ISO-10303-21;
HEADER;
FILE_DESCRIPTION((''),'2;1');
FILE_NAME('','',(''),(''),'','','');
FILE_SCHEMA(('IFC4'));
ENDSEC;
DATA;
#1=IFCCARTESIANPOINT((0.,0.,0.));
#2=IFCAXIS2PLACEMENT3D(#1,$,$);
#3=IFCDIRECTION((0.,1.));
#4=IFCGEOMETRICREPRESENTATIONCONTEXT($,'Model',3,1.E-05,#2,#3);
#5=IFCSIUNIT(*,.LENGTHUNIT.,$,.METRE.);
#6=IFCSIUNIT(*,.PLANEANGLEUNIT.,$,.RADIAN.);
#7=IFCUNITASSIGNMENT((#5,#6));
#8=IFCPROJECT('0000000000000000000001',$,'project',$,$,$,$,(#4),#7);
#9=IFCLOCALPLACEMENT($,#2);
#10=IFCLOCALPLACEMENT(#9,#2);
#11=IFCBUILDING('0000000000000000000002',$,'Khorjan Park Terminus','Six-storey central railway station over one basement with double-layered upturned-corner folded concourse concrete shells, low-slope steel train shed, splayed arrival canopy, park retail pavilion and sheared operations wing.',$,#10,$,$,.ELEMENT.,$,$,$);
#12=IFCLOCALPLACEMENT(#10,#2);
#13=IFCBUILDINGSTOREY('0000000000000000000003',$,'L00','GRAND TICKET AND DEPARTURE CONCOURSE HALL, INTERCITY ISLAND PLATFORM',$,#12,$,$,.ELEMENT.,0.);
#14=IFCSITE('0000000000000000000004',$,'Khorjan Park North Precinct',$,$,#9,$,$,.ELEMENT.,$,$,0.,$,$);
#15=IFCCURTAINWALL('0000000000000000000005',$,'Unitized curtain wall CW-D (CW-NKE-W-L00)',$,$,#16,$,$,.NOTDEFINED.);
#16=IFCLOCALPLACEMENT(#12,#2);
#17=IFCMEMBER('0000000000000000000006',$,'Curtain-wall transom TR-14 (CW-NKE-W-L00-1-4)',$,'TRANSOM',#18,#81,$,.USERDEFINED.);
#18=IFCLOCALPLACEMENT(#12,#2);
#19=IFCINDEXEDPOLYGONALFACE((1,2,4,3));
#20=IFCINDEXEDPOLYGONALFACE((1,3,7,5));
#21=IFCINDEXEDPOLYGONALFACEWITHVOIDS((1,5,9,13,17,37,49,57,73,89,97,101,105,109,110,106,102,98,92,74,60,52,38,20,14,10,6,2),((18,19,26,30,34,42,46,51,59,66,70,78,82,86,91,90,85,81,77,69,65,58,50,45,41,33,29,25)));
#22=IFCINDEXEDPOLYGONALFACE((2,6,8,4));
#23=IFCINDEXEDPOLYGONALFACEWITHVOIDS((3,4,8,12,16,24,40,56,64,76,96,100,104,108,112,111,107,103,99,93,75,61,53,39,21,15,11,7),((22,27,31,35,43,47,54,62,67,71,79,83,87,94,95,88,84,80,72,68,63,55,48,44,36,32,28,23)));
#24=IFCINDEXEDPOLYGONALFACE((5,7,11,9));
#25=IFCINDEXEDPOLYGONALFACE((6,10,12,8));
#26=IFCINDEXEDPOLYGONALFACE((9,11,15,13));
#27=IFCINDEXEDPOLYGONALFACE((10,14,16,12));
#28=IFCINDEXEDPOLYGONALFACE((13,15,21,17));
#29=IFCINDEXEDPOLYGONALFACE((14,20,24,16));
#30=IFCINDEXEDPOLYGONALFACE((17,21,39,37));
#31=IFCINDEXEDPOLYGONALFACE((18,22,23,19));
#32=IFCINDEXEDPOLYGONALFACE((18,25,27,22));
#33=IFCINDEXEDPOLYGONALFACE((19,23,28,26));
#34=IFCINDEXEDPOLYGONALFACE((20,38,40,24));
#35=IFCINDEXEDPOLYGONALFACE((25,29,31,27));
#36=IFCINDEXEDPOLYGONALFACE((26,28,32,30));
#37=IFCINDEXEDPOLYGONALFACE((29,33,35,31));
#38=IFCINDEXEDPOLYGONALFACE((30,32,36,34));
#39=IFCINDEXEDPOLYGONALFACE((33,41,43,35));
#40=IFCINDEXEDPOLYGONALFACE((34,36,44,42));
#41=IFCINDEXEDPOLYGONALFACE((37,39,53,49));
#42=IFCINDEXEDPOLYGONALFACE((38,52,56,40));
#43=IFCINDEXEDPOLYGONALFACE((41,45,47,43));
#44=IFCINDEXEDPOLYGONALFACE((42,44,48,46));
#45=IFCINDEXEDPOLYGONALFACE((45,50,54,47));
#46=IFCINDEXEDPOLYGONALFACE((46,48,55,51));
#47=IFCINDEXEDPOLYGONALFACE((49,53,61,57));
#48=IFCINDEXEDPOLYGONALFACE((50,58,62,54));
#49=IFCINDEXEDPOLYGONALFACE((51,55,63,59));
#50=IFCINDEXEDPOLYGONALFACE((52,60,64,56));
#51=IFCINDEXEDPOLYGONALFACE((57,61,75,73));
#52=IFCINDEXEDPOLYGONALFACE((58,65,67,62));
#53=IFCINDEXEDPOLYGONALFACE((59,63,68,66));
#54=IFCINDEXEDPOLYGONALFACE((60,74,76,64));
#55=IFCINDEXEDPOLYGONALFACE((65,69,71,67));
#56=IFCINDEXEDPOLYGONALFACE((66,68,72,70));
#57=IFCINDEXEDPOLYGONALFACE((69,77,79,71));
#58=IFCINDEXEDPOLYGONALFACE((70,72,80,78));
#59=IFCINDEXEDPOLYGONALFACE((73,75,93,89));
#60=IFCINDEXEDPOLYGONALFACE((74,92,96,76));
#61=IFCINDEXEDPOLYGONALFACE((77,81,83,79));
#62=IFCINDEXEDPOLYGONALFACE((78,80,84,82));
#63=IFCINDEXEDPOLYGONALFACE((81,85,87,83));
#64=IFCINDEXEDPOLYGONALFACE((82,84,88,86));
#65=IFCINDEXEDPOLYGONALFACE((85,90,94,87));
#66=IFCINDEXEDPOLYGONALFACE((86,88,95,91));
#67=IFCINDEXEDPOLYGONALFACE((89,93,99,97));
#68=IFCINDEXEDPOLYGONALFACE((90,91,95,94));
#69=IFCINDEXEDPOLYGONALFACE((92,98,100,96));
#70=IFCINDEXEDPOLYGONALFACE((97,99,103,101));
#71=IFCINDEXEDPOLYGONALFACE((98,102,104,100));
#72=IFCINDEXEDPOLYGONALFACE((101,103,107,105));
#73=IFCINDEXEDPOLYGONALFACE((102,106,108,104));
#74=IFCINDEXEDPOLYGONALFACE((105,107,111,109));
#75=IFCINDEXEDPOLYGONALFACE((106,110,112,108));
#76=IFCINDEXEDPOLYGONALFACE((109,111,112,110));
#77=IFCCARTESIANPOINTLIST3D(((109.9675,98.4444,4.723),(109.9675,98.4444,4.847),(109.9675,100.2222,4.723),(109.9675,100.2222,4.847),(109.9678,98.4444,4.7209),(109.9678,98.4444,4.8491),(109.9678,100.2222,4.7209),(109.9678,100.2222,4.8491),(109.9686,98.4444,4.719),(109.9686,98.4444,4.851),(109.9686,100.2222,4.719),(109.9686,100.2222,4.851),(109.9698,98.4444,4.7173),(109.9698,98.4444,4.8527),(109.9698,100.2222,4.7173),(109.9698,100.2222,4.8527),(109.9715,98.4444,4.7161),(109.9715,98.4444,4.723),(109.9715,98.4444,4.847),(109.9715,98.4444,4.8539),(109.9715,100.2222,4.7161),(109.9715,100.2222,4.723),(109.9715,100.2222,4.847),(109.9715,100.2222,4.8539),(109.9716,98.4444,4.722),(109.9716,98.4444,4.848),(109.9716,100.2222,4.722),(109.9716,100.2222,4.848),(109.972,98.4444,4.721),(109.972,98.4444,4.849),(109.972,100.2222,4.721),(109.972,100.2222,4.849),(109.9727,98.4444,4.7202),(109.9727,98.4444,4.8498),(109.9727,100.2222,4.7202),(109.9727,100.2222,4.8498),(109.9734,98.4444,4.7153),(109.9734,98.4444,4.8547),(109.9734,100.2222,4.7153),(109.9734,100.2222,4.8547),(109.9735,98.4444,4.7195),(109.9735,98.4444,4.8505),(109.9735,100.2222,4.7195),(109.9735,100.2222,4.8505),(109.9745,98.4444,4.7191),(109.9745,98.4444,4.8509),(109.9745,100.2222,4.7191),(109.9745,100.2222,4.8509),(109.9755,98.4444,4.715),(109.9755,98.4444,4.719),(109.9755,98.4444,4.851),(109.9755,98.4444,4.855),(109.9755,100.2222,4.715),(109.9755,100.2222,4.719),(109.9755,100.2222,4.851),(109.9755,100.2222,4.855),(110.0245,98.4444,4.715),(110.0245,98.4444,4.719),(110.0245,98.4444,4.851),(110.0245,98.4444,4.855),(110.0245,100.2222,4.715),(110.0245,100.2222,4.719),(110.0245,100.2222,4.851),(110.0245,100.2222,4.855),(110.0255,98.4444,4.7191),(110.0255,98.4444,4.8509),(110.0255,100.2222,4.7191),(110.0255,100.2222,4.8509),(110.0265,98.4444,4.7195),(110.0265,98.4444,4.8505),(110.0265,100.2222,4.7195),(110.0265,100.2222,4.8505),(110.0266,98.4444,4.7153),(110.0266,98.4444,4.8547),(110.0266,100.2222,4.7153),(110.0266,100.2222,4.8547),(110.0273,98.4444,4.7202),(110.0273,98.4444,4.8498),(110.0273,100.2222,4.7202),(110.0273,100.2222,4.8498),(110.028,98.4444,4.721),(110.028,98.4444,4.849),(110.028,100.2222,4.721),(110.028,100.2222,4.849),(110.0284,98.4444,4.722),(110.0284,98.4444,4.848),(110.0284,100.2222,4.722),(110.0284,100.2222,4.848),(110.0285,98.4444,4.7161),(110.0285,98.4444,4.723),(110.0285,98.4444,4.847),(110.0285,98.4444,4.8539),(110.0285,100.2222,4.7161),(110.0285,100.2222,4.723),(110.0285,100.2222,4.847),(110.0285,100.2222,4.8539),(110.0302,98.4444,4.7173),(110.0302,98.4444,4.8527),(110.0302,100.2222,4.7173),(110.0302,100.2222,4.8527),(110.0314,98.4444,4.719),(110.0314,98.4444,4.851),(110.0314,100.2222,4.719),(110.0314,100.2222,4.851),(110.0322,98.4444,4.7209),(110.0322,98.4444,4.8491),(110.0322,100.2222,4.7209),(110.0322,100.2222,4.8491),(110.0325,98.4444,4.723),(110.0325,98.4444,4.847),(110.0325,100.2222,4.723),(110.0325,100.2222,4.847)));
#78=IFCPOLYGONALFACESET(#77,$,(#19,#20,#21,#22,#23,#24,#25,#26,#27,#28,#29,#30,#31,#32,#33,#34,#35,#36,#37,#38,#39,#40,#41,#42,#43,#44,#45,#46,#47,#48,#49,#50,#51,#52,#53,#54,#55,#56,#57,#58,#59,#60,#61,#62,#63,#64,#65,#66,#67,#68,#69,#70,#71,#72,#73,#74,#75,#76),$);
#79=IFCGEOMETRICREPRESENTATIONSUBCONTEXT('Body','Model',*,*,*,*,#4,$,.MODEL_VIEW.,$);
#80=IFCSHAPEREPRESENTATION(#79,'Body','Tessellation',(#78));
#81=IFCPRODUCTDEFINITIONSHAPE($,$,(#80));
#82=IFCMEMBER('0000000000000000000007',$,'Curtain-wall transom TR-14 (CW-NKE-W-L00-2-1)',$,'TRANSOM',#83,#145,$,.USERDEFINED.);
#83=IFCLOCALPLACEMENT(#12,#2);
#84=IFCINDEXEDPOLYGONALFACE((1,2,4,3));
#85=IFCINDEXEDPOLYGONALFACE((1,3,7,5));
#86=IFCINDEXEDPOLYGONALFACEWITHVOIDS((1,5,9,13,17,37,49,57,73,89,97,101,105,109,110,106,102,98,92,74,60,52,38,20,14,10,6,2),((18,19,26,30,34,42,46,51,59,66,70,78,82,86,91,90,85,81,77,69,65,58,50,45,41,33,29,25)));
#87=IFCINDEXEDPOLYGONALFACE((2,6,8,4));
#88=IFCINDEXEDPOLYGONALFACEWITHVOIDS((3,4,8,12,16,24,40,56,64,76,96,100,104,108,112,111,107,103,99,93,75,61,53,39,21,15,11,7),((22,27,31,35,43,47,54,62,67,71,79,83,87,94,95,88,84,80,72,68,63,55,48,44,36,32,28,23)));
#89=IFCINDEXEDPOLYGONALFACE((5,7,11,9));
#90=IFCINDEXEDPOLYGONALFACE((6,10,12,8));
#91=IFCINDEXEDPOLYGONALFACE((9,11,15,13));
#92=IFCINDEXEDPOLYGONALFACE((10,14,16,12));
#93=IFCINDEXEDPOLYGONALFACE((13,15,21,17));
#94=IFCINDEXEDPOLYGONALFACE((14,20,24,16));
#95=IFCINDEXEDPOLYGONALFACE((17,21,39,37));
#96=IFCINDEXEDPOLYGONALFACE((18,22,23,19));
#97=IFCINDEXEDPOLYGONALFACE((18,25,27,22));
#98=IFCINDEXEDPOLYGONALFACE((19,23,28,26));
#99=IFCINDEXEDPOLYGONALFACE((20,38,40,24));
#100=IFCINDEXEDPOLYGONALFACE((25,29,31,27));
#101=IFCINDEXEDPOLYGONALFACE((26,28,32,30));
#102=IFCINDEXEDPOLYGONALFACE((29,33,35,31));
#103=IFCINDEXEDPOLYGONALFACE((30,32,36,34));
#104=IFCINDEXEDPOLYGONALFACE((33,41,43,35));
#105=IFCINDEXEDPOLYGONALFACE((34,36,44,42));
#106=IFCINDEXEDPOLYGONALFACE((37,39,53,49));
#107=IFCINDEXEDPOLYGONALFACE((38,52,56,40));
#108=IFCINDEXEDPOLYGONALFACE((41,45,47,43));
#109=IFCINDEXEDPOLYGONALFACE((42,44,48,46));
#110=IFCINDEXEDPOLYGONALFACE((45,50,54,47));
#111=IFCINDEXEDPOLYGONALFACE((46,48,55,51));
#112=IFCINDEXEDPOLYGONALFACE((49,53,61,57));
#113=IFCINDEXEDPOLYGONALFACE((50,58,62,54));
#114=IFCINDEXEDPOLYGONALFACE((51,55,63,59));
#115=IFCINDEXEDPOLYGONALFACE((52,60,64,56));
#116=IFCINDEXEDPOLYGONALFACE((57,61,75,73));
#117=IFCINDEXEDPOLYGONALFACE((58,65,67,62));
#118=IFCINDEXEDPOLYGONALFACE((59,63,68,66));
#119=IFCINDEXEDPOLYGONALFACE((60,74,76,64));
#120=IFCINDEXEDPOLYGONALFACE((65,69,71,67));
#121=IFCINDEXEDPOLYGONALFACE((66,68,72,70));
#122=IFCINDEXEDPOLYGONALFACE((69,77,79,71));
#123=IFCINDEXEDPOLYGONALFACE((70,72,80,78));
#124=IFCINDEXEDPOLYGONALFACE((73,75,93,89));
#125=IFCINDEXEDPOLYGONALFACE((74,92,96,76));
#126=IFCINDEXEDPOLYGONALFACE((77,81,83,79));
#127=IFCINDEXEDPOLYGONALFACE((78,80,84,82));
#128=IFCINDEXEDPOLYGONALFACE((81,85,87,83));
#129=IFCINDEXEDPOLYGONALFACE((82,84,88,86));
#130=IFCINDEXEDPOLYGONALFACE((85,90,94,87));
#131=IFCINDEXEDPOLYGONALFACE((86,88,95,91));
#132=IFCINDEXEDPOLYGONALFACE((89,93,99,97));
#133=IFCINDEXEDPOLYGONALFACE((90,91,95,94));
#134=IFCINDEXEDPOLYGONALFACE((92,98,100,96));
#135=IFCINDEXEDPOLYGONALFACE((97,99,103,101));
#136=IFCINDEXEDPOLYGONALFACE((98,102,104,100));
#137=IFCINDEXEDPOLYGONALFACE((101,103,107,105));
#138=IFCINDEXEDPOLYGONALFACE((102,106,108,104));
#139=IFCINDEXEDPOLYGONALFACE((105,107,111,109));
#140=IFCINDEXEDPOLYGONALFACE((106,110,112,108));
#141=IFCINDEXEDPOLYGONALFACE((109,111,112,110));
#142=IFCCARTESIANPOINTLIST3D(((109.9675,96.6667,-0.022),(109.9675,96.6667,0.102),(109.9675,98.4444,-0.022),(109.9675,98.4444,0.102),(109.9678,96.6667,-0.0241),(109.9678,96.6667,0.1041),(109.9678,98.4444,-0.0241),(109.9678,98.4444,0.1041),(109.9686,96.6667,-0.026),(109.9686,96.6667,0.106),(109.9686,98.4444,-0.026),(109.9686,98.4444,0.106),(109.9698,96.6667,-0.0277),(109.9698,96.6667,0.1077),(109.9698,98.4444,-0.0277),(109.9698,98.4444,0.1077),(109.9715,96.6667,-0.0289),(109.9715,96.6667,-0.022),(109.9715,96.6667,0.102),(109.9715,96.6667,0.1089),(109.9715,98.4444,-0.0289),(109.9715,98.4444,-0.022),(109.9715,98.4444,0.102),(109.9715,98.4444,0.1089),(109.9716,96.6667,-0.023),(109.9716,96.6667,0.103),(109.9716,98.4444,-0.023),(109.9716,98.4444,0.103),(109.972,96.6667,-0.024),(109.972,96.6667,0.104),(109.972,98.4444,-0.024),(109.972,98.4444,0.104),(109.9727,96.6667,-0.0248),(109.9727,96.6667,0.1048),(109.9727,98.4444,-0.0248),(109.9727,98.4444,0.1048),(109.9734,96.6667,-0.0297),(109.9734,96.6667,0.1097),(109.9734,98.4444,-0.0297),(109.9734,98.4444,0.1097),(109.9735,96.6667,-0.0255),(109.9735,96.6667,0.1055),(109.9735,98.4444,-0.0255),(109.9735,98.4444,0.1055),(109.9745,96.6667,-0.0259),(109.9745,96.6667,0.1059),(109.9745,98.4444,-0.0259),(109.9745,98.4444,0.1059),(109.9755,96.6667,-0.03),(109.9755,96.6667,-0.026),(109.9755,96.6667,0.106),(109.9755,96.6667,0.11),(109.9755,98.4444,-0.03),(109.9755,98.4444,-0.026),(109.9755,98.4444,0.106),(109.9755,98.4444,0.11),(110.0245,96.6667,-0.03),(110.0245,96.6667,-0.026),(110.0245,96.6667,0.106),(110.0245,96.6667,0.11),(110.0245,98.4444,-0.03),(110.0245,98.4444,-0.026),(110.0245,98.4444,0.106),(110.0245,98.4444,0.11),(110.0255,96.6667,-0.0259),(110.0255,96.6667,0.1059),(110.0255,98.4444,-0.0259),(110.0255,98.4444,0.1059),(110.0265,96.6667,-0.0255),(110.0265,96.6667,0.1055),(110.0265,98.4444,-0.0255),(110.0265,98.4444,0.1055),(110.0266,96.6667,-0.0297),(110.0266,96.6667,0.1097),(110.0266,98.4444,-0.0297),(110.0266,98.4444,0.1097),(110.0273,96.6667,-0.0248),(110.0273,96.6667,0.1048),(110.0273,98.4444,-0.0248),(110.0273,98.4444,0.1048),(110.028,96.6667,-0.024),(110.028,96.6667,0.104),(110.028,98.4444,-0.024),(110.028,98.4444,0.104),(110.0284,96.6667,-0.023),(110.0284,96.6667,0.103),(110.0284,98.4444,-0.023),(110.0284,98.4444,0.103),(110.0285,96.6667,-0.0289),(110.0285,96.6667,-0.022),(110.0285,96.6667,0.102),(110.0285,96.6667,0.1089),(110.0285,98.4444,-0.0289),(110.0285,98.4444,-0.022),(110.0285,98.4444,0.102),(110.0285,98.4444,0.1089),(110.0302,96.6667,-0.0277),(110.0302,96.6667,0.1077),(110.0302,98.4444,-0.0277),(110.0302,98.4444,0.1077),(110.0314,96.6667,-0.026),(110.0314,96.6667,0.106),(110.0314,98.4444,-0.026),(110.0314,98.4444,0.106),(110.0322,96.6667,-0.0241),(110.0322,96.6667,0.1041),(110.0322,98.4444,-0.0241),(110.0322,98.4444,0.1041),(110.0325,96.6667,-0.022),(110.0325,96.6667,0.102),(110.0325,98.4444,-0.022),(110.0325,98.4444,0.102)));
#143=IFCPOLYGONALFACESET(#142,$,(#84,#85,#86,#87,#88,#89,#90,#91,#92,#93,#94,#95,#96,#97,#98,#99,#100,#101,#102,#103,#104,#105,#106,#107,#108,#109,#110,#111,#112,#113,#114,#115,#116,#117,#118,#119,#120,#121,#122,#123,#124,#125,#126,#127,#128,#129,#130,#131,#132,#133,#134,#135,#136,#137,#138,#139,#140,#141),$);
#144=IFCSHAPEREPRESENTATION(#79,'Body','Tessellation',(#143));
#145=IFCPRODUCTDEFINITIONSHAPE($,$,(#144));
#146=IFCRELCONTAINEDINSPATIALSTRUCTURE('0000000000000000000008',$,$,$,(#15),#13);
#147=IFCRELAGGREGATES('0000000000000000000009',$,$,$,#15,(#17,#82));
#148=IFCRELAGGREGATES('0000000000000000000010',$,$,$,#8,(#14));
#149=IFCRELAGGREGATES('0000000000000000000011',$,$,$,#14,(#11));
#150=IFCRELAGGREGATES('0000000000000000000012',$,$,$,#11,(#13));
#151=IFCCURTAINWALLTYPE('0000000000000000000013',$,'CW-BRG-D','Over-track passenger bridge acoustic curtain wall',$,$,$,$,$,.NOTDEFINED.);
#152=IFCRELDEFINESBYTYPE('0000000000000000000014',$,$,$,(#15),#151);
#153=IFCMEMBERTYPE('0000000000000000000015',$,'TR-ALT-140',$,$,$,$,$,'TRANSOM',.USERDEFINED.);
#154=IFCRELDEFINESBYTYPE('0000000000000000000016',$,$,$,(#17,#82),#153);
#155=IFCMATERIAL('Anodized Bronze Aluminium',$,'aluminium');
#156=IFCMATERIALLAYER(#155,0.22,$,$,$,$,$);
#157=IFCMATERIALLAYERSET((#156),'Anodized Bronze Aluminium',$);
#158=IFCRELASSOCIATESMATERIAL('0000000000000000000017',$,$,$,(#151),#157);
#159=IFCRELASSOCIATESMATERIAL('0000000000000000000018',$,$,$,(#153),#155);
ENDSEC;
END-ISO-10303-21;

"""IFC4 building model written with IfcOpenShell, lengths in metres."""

from ifc_helpers import new_model, si_unit, direction, frame, origin, origin_2d, place, context, subcontext, project, spatial, hollow_rectangle, extrude, material, layer, layer_set, material_profile, profile_set, type_object, element, aggregate, save


model = new_model("IFC4")

# Units and contexts
model_context = context("Model", 3, precision=1e-05, world=origin(), true_north=direction((0.0, 1.0)))
body_context = subcontext(model_context, "Body", "Model", "MODEL_VIEW")
ifc_project = project(units=[si_unit("LENGTHUNIT", "METRE"), si_unit("PLANEANGLEUNIT", "RADIAN")], contexts=[model_context])

# Site, building, storey
site_placement = place(None, origin())
site = spatial("IfcSite", under=ifc_project, at=site_placement, Name="Khorjan Park North Precinct", CompositionType="ELEMENT", RefElevation=0.0)
building_placement = place(site_placement, origin())
building = spatial("IfcBuilding", under=site, at=building_placement, Name="Khorjan Park Terminus", Description="Six-storey central railway station over one basement with double-layered upturned-corner folded concourse concrete shells, low-slope steel train shed, splayed arrival canopy, park retail pavilion and sheared operations wing.", CompositionType="ELEMENT")
storey_placement = place(building_placement, origin())
storey = spatial("IfcBuildingStorey", under=building, at=storey_placement, Name="L00", Description="GRAND TICKET AND DEPARTURE CONCOURSE HALL, INTERCITY ISLAND PLATFORM", CompositionType="ELEMENT", Elevation=0.0)

# Curtain wall, members
ifc_material_1 = material(Name="Anodized Bronze Aluminium", Category="aluminium")
ifc_layer_1 = layer(ifc_material_1, 0.22)
ifc_layer_set_1 = layer_set([ifc_layer_1], Name="Anodized Bronze Aluminium")
curtain_wall_type = type_object("IfcCurtainWallType", Name="CW-BRG-D", Description="Over-track passenger bridge acoustic curtain wall", PredefinedType="NOTDEFINED", material=ifc_layer_set_1)
curtain_wall_placement = place(storey_placement, origin())
curtain_wall = element("IfcCurtainWall", 1, at=curtain_wall_placement, inside=storey, type_object=curtain_wall_type, Name="Unitized curtain wall CW-D (CW-NKE-W-L00)", PredefinedType="NOTDEFINED")
ifc_material_profile_1 = material_profile(ifc_material_1, hollow_rectangle(XDim=0.065, YDim=0.14, WallThickness=0.004, InnerFilletRadius=0.004, OuterFilletRadius=0.008, at=origin_2d()), Name="ALT 65x140x4")
ifc_profile_set_1 = profile_set([ifc_material_profile_1], Name="Anodized Bronze Aluminium")
member_type_1 = type_object("IfcMemberType", Name="TR-ALT-140", ElementType="TRANSOM", PredefinedType="USERDEFINED", material=ifc_profile_set_1)
member_1_placement = place(storey_placement, frame((110.0, 100.2222, 4.785), z_axis=(0.0, -1.0, 0.0), x_axis=(1.0, 0.0, 0.0)))
member_1 = element("IfcMember", 2, at=member_1_placement, type_object=member_type_1, Name="Curtain-wall transom TR-14 (CW-NKE-W-L00-1-4)", ObjectType="TRANSOM", PredefinedType="USERDEFINED", context=body_context, shape_type="SweptSolid", body=[
    extrude(hollow_rectangle(XDim=0.065, YDim=0.14, WallThickness=0.004, InnerFilletRadius=0.004, OuterFilletRadius=0.008, at=origin_2d()), origin(), (0.0, 0.0, 1.0), 1.7778),
])
member_2_placement = place(storey_placement, frame((110.0, 98.4444, 0.04), z_axis=(0.0, -1.0, 0.0), x_axis=(1.0, 0.0, 0.0)))
member_2 = element("IfcMember", 3, at=member_2_placement, type_object=member_type_1, Name="Curtain-wall transom TR-14 (CW-NKE-W-L00-2-1)", ObjectType="TRANSOM", PredefinedType="USERDEFINED", context=body_context, shape_type="SweptSolid", body=[
    extrude(hollow_rectangle(XDim=0.065, YDim=0.14, WallThickness=0.004, InnerFilletRadius=0.004, OuterFilletRadius=0.008, at=origin_2d()), origin(), (0.0, 0.0, 1.0), 1.7777),
])
aggregate(curtain_wall, [member_1, member_2])

save(model, "model.ifc")
